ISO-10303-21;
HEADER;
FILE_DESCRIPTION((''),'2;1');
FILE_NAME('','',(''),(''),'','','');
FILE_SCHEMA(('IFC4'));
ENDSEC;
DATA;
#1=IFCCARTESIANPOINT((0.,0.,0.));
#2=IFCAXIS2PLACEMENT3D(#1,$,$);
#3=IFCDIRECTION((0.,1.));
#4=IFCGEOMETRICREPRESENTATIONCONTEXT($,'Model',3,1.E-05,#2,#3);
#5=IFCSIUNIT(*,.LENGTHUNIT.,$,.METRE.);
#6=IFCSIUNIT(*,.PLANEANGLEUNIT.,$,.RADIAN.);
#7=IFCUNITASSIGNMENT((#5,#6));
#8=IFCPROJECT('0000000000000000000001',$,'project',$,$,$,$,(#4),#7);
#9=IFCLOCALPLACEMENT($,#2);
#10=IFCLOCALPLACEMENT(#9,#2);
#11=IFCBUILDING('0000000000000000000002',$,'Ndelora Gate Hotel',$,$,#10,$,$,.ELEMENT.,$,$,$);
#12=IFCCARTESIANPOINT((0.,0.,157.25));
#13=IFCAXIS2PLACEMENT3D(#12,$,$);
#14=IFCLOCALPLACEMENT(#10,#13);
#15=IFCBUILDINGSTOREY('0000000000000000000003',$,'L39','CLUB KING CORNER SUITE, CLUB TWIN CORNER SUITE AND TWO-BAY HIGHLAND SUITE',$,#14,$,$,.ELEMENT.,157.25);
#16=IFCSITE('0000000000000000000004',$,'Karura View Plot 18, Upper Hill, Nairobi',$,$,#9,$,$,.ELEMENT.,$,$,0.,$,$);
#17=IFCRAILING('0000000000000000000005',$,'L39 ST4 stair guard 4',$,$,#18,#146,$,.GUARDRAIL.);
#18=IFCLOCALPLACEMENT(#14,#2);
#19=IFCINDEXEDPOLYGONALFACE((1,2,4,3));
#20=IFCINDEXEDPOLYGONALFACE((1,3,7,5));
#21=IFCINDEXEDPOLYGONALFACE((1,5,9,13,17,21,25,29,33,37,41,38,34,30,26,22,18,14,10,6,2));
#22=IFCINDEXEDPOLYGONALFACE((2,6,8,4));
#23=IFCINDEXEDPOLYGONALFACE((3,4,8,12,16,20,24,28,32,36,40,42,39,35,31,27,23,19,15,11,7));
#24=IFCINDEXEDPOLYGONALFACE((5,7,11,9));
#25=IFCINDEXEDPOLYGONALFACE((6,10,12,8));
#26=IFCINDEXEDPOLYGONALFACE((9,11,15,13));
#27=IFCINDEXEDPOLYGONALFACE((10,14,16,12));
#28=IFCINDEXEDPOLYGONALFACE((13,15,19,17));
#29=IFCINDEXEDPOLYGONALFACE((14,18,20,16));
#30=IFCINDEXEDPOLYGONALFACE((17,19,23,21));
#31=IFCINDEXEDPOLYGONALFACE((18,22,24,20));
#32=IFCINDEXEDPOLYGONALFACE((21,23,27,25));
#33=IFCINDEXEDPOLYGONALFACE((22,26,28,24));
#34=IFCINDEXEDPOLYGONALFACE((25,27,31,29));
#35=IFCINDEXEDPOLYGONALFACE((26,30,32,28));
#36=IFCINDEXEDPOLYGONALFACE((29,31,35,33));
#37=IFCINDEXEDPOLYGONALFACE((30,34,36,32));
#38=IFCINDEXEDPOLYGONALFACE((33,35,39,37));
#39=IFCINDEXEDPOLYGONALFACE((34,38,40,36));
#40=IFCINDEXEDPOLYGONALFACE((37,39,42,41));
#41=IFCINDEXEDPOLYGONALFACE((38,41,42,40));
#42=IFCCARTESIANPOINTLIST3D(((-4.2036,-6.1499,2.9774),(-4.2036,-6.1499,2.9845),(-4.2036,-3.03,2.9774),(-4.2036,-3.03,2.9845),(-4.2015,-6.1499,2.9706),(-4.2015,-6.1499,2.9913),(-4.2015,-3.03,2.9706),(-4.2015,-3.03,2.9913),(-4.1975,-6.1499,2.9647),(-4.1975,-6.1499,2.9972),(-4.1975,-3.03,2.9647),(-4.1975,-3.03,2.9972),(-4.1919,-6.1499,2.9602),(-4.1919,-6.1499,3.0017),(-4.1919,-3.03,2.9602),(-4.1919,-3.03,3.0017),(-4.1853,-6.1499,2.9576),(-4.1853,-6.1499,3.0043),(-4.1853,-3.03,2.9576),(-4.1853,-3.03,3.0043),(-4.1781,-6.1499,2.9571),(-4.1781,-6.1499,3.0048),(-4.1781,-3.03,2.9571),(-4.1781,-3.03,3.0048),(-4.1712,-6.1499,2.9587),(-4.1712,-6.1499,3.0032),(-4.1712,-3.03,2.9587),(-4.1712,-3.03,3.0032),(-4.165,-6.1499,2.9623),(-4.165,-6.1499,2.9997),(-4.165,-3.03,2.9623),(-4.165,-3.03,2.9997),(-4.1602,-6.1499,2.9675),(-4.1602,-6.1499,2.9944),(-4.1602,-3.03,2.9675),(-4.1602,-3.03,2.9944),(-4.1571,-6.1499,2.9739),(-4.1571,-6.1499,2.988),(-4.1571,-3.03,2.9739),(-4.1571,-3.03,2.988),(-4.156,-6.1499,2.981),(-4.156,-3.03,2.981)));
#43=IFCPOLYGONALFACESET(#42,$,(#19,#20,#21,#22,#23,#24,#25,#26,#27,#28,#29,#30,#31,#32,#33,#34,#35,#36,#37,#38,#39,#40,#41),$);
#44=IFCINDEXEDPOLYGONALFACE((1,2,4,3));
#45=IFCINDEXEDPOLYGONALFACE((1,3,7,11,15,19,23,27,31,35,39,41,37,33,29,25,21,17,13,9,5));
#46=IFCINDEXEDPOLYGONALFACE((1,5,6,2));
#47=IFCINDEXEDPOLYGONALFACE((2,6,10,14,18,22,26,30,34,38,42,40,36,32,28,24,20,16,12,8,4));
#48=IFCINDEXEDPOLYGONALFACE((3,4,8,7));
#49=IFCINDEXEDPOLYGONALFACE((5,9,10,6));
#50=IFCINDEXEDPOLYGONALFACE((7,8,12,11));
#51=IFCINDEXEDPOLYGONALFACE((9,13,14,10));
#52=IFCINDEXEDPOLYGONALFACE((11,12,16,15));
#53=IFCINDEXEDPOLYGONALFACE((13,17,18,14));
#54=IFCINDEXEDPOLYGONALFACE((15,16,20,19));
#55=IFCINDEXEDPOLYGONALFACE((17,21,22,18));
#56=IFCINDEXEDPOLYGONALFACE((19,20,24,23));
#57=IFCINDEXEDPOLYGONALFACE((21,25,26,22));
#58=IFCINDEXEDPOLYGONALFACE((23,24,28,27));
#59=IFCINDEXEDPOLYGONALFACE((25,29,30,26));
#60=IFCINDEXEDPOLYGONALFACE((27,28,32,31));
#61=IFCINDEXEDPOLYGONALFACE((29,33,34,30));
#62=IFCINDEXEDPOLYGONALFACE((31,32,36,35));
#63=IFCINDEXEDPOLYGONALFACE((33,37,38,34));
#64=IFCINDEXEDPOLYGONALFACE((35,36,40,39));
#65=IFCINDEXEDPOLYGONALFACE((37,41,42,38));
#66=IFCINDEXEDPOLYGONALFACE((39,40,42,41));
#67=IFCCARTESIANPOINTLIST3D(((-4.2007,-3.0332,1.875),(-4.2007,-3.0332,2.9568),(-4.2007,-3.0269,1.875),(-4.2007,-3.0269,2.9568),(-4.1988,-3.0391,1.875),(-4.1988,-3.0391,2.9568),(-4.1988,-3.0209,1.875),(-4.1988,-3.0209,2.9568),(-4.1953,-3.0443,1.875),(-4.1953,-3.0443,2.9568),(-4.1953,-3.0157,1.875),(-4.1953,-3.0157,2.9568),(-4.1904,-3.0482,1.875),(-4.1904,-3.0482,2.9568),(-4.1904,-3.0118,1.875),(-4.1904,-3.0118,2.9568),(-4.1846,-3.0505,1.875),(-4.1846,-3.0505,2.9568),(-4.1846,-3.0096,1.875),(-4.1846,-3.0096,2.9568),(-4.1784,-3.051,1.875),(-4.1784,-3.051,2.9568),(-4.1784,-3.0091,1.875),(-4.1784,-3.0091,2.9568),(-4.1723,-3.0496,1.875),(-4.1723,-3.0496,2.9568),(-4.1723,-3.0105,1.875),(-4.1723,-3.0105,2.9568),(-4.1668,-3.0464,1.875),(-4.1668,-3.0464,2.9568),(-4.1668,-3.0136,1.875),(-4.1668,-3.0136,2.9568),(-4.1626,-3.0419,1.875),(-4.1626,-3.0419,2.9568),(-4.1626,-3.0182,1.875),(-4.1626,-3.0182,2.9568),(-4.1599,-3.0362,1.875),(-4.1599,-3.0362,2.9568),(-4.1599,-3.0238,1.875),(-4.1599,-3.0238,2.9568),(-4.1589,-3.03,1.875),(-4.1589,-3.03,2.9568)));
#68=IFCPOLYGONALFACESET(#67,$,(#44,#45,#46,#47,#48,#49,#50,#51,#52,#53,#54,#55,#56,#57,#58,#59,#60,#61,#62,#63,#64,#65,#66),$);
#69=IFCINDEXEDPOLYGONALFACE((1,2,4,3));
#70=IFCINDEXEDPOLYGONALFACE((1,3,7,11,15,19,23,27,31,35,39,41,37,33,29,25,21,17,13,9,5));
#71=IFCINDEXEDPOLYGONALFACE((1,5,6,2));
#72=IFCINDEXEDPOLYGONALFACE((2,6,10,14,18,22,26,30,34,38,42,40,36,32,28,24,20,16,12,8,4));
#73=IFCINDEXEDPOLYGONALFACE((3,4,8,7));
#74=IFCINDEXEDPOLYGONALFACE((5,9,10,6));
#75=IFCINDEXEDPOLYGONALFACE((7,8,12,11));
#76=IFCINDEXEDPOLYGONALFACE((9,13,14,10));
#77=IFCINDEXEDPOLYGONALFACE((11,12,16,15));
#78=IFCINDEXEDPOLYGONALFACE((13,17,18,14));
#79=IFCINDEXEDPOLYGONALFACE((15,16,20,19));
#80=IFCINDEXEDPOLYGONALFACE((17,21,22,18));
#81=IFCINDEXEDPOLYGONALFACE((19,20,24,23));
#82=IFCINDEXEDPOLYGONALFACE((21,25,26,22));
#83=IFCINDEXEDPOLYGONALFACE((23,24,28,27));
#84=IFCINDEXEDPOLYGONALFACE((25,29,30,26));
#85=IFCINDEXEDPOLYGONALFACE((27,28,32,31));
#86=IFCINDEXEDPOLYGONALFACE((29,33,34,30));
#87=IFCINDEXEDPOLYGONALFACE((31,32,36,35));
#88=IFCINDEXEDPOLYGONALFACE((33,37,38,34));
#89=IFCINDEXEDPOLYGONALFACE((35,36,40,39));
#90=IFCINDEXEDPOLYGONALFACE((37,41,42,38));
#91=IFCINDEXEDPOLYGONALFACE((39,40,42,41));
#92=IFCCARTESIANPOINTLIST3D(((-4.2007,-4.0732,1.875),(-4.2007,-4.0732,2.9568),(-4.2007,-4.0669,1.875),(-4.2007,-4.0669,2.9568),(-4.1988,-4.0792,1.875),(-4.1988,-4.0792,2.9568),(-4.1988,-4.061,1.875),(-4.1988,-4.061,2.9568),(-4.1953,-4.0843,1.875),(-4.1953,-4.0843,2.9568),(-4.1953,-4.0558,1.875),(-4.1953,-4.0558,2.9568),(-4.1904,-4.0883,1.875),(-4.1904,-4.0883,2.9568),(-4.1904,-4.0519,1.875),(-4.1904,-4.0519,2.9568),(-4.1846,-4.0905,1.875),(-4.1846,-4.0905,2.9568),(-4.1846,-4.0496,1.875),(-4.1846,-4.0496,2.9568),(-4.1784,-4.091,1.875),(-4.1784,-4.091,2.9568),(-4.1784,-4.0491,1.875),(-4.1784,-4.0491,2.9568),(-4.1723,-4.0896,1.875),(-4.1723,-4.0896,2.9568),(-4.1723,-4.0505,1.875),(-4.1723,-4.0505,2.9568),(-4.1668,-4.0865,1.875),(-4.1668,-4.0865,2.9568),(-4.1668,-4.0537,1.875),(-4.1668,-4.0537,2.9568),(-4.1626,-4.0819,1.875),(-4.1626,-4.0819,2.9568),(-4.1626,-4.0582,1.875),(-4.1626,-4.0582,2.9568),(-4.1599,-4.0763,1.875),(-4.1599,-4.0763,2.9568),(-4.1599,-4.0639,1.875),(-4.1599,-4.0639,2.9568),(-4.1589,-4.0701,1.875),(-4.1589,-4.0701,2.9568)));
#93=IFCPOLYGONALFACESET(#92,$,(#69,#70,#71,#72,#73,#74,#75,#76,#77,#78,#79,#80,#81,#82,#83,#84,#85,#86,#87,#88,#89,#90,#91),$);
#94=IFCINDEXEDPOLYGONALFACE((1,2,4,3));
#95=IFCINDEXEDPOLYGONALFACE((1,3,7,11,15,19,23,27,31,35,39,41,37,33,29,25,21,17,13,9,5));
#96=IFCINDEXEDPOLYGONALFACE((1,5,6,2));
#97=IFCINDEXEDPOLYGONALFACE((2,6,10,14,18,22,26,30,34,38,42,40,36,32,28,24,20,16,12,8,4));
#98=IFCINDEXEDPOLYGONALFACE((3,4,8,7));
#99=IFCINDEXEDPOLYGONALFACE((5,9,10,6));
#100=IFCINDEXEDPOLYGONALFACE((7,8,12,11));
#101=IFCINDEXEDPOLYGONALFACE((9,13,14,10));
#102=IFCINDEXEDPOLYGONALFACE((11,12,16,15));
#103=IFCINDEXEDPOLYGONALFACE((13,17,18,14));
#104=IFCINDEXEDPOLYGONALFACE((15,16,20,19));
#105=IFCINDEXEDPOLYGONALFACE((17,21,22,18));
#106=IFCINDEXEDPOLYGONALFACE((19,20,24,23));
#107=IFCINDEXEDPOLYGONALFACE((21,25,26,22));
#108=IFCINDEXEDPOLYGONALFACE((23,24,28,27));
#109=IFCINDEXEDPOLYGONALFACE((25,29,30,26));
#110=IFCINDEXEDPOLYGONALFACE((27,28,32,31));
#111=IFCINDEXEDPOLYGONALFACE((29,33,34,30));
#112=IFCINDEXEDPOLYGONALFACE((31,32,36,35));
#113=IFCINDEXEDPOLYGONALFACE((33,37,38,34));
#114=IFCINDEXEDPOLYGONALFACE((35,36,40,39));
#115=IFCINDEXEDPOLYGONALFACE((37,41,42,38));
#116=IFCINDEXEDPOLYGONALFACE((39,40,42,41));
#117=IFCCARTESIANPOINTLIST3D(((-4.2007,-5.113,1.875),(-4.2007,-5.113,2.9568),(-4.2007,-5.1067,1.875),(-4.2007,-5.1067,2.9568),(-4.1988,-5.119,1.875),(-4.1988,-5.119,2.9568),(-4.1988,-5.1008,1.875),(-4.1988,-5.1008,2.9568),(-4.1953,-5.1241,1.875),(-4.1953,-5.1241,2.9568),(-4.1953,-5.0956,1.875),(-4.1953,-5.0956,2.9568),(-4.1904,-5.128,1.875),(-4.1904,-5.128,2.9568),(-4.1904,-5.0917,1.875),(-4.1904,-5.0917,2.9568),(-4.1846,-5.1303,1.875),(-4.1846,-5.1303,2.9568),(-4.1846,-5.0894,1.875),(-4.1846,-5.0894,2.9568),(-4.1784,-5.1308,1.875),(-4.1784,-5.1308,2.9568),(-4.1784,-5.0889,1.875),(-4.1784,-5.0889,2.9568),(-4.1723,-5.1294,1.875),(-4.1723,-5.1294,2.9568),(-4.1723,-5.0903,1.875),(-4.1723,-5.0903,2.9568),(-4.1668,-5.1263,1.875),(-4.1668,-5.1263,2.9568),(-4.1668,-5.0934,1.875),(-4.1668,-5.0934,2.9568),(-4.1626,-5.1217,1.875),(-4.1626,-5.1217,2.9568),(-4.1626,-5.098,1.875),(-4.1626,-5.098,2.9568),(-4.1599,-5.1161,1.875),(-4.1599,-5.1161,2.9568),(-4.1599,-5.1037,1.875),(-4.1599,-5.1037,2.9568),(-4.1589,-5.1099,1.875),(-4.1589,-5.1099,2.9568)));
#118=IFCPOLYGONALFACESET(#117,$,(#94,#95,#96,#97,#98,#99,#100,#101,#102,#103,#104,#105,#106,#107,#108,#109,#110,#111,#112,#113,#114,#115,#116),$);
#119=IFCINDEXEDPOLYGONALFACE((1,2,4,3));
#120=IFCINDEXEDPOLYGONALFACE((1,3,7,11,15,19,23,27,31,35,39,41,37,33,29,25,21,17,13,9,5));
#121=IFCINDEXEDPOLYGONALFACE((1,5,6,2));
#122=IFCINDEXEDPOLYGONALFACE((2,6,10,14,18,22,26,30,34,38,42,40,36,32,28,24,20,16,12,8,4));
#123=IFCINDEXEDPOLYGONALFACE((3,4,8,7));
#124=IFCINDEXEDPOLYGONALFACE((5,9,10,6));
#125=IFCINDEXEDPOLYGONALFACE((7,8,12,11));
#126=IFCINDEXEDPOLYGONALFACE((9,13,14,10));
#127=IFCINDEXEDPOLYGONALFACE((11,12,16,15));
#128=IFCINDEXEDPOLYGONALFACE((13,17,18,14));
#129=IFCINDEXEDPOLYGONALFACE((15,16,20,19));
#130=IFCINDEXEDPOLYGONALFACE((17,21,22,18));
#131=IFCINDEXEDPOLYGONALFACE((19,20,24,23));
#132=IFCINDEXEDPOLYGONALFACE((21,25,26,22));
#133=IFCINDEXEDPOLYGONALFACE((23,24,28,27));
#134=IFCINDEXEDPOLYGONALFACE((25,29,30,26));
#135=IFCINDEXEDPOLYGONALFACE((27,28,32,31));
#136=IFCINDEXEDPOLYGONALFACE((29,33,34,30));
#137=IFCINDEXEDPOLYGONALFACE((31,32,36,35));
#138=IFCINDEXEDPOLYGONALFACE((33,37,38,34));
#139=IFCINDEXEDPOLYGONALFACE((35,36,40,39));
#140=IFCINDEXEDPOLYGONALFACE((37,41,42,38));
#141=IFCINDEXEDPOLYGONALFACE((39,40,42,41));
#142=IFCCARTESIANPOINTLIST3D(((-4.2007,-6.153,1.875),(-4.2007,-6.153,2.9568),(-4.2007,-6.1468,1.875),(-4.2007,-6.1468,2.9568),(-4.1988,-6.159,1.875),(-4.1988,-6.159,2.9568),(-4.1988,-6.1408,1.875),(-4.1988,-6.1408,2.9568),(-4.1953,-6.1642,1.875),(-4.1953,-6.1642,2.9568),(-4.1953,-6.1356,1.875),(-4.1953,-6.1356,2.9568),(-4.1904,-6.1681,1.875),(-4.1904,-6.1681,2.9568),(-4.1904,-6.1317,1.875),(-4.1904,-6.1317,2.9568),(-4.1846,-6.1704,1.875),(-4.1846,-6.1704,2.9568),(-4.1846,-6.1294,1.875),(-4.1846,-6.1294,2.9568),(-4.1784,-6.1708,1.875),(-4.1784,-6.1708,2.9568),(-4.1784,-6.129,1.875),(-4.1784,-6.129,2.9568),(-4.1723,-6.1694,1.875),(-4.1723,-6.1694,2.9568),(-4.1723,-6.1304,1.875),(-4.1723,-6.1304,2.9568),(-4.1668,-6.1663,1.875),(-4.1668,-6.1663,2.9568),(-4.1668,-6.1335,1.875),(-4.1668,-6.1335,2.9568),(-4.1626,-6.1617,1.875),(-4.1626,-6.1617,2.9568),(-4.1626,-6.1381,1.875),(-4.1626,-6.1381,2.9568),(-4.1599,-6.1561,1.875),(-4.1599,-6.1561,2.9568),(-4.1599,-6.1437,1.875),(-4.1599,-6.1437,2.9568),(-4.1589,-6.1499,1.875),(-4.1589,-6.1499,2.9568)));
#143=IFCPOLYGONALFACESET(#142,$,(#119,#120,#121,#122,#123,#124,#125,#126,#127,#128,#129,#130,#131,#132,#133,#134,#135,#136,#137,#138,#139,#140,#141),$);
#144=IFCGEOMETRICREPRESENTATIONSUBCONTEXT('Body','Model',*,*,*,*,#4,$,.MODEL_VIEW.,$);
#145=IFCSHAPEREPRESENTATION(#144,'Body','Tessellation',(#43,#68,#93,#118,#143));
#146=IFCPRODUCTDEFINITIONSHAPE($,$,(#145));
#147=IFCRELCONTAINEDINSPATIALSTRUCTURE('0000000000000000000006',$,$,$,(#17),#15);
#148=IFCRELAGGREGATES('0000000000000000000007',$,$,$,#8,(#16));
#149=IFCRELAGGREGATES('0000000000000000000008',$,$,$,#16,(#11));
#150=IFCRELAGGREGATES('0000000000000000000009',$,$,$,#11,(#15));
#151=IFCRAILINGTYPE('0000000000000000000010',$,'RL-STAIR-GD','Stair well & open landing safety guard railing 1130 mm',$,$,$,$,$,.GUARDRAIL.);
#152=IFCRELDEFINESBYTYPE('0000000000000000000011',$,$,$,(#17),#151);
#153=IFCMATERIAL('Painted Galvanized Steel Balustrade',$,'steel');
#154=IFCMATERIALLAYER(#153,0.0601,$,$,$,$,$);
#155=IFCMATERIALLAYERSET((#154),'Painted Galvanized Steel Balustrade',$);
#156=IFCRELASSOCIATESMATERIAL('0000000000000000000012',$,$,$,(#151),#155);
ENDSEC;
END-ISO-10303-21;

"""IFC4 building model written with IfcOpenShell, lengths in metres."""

from ifc_helpers import new_model, si_unit, direction, frame, origin, origin_2d, place, context, subcontext, project, spatial, circle, extrude, material, layer, layer_set, type_object, element, save


model = new_model("IFC4")

# Units and contexts
model_context = context("Model", 3, precision=1e-05, world=origin(), true_north=direction((0.0, 1.0)))
body_context = subcontext(model_context, "Body", "Model", "MODEL_VIEW")
ifc_project = project(units=[si_unit("LENGTHUNIT", "METRE"), si_unit("PLANEANGLEUNIT", "RADIAN")], contexts=[model_context])

# Site, building, storey
site_placement = place(None, origin())
site = spatial("IfcSite", under=ifc_project, at=site_placement, Name="Karura View Plot 18, Upper Hill, Nairobi", CompositionType="ELEMENT", RefElevation=0.0)
building_placement = place(site_placement, origin())
building = spatial("IfcBuilding", under=site, at=building_placement, Name="Ndelora Gate Hotel", CompositionType="ELEMENT")
storey_placement = place(building_placement, frame((0.0, 0.0, 157.25)))
storey = spatial("IfcBuildingStorey", under=building, at=storey_placement, Name="L39", Description="CLUB KING CORNER SUITE, CLUB TWIN CORNER SUITE AND TWO-BAY HIGHLAND SUITE", CompositionType="ELEMENT", Elevation=157.25)

# Railing
ifc_material_1 = material(Name="Painted Galvanized Steel Balustrade", Category="steel")
ifc_layer_1 = layer(ifc_material_1, 0.0601)
ifc_layer_set_1 = layer_set([ifc_layer_1], Name="Painted Galvanized Steel Balustrade")
railing_type_1 = type_object("IfcRailingType", Name="RL-STAIR-GD", Description="Stair well & open landing safety guard railing 1130 mm", PredefinedType="GUARDRAIL", material=ifc_layer_set_1)
for number, where, name in (
    (1, (-4.1799, -3.03, 1.875), "L39 ST4 stair guard 4"),
):
    element("IfcRailing", number, at=place(storey_placement, frame(where)), inside=storey, type_object=railing_type_1, Name=name, PredefinedType="GUARDRAIL", context=body_context, shape_type="SweptSolid", body=[
        extrude(circle(Radius=0.0239, at=origin_2d()), frame((0.0, 0.0, 1.106), z_axis=(0.0, -1.0, 0.0), x_axis=(1.0, 0.0, 0.0)), (0.0, 0.0, 1.0), 3.1199),
        extrude(circle(Radius=0.021, at=origin_2d()), origin(), (0.0, 0.0, 1.0), 1.0818),
        extrude(circle(Radius=0.021, at=origin_2d()), frame((0.0, -1.04, 0.0)), (0.0, 0.0, 1.0), 1.0818),
        extrude(circle(Radius=0.021, at=origin_2d()), frame((0.0, -2.0798, 0.0)), (0.0, 0.0, 1.0), 1.0818),
        extrude(circle(Radius=0.021, at=origin_2d()), frame((0.0, -3.1199, 0.0)), (0.0, 0.0, 1.0), 1.0818),
    ])

save(model, "model.ifc")
